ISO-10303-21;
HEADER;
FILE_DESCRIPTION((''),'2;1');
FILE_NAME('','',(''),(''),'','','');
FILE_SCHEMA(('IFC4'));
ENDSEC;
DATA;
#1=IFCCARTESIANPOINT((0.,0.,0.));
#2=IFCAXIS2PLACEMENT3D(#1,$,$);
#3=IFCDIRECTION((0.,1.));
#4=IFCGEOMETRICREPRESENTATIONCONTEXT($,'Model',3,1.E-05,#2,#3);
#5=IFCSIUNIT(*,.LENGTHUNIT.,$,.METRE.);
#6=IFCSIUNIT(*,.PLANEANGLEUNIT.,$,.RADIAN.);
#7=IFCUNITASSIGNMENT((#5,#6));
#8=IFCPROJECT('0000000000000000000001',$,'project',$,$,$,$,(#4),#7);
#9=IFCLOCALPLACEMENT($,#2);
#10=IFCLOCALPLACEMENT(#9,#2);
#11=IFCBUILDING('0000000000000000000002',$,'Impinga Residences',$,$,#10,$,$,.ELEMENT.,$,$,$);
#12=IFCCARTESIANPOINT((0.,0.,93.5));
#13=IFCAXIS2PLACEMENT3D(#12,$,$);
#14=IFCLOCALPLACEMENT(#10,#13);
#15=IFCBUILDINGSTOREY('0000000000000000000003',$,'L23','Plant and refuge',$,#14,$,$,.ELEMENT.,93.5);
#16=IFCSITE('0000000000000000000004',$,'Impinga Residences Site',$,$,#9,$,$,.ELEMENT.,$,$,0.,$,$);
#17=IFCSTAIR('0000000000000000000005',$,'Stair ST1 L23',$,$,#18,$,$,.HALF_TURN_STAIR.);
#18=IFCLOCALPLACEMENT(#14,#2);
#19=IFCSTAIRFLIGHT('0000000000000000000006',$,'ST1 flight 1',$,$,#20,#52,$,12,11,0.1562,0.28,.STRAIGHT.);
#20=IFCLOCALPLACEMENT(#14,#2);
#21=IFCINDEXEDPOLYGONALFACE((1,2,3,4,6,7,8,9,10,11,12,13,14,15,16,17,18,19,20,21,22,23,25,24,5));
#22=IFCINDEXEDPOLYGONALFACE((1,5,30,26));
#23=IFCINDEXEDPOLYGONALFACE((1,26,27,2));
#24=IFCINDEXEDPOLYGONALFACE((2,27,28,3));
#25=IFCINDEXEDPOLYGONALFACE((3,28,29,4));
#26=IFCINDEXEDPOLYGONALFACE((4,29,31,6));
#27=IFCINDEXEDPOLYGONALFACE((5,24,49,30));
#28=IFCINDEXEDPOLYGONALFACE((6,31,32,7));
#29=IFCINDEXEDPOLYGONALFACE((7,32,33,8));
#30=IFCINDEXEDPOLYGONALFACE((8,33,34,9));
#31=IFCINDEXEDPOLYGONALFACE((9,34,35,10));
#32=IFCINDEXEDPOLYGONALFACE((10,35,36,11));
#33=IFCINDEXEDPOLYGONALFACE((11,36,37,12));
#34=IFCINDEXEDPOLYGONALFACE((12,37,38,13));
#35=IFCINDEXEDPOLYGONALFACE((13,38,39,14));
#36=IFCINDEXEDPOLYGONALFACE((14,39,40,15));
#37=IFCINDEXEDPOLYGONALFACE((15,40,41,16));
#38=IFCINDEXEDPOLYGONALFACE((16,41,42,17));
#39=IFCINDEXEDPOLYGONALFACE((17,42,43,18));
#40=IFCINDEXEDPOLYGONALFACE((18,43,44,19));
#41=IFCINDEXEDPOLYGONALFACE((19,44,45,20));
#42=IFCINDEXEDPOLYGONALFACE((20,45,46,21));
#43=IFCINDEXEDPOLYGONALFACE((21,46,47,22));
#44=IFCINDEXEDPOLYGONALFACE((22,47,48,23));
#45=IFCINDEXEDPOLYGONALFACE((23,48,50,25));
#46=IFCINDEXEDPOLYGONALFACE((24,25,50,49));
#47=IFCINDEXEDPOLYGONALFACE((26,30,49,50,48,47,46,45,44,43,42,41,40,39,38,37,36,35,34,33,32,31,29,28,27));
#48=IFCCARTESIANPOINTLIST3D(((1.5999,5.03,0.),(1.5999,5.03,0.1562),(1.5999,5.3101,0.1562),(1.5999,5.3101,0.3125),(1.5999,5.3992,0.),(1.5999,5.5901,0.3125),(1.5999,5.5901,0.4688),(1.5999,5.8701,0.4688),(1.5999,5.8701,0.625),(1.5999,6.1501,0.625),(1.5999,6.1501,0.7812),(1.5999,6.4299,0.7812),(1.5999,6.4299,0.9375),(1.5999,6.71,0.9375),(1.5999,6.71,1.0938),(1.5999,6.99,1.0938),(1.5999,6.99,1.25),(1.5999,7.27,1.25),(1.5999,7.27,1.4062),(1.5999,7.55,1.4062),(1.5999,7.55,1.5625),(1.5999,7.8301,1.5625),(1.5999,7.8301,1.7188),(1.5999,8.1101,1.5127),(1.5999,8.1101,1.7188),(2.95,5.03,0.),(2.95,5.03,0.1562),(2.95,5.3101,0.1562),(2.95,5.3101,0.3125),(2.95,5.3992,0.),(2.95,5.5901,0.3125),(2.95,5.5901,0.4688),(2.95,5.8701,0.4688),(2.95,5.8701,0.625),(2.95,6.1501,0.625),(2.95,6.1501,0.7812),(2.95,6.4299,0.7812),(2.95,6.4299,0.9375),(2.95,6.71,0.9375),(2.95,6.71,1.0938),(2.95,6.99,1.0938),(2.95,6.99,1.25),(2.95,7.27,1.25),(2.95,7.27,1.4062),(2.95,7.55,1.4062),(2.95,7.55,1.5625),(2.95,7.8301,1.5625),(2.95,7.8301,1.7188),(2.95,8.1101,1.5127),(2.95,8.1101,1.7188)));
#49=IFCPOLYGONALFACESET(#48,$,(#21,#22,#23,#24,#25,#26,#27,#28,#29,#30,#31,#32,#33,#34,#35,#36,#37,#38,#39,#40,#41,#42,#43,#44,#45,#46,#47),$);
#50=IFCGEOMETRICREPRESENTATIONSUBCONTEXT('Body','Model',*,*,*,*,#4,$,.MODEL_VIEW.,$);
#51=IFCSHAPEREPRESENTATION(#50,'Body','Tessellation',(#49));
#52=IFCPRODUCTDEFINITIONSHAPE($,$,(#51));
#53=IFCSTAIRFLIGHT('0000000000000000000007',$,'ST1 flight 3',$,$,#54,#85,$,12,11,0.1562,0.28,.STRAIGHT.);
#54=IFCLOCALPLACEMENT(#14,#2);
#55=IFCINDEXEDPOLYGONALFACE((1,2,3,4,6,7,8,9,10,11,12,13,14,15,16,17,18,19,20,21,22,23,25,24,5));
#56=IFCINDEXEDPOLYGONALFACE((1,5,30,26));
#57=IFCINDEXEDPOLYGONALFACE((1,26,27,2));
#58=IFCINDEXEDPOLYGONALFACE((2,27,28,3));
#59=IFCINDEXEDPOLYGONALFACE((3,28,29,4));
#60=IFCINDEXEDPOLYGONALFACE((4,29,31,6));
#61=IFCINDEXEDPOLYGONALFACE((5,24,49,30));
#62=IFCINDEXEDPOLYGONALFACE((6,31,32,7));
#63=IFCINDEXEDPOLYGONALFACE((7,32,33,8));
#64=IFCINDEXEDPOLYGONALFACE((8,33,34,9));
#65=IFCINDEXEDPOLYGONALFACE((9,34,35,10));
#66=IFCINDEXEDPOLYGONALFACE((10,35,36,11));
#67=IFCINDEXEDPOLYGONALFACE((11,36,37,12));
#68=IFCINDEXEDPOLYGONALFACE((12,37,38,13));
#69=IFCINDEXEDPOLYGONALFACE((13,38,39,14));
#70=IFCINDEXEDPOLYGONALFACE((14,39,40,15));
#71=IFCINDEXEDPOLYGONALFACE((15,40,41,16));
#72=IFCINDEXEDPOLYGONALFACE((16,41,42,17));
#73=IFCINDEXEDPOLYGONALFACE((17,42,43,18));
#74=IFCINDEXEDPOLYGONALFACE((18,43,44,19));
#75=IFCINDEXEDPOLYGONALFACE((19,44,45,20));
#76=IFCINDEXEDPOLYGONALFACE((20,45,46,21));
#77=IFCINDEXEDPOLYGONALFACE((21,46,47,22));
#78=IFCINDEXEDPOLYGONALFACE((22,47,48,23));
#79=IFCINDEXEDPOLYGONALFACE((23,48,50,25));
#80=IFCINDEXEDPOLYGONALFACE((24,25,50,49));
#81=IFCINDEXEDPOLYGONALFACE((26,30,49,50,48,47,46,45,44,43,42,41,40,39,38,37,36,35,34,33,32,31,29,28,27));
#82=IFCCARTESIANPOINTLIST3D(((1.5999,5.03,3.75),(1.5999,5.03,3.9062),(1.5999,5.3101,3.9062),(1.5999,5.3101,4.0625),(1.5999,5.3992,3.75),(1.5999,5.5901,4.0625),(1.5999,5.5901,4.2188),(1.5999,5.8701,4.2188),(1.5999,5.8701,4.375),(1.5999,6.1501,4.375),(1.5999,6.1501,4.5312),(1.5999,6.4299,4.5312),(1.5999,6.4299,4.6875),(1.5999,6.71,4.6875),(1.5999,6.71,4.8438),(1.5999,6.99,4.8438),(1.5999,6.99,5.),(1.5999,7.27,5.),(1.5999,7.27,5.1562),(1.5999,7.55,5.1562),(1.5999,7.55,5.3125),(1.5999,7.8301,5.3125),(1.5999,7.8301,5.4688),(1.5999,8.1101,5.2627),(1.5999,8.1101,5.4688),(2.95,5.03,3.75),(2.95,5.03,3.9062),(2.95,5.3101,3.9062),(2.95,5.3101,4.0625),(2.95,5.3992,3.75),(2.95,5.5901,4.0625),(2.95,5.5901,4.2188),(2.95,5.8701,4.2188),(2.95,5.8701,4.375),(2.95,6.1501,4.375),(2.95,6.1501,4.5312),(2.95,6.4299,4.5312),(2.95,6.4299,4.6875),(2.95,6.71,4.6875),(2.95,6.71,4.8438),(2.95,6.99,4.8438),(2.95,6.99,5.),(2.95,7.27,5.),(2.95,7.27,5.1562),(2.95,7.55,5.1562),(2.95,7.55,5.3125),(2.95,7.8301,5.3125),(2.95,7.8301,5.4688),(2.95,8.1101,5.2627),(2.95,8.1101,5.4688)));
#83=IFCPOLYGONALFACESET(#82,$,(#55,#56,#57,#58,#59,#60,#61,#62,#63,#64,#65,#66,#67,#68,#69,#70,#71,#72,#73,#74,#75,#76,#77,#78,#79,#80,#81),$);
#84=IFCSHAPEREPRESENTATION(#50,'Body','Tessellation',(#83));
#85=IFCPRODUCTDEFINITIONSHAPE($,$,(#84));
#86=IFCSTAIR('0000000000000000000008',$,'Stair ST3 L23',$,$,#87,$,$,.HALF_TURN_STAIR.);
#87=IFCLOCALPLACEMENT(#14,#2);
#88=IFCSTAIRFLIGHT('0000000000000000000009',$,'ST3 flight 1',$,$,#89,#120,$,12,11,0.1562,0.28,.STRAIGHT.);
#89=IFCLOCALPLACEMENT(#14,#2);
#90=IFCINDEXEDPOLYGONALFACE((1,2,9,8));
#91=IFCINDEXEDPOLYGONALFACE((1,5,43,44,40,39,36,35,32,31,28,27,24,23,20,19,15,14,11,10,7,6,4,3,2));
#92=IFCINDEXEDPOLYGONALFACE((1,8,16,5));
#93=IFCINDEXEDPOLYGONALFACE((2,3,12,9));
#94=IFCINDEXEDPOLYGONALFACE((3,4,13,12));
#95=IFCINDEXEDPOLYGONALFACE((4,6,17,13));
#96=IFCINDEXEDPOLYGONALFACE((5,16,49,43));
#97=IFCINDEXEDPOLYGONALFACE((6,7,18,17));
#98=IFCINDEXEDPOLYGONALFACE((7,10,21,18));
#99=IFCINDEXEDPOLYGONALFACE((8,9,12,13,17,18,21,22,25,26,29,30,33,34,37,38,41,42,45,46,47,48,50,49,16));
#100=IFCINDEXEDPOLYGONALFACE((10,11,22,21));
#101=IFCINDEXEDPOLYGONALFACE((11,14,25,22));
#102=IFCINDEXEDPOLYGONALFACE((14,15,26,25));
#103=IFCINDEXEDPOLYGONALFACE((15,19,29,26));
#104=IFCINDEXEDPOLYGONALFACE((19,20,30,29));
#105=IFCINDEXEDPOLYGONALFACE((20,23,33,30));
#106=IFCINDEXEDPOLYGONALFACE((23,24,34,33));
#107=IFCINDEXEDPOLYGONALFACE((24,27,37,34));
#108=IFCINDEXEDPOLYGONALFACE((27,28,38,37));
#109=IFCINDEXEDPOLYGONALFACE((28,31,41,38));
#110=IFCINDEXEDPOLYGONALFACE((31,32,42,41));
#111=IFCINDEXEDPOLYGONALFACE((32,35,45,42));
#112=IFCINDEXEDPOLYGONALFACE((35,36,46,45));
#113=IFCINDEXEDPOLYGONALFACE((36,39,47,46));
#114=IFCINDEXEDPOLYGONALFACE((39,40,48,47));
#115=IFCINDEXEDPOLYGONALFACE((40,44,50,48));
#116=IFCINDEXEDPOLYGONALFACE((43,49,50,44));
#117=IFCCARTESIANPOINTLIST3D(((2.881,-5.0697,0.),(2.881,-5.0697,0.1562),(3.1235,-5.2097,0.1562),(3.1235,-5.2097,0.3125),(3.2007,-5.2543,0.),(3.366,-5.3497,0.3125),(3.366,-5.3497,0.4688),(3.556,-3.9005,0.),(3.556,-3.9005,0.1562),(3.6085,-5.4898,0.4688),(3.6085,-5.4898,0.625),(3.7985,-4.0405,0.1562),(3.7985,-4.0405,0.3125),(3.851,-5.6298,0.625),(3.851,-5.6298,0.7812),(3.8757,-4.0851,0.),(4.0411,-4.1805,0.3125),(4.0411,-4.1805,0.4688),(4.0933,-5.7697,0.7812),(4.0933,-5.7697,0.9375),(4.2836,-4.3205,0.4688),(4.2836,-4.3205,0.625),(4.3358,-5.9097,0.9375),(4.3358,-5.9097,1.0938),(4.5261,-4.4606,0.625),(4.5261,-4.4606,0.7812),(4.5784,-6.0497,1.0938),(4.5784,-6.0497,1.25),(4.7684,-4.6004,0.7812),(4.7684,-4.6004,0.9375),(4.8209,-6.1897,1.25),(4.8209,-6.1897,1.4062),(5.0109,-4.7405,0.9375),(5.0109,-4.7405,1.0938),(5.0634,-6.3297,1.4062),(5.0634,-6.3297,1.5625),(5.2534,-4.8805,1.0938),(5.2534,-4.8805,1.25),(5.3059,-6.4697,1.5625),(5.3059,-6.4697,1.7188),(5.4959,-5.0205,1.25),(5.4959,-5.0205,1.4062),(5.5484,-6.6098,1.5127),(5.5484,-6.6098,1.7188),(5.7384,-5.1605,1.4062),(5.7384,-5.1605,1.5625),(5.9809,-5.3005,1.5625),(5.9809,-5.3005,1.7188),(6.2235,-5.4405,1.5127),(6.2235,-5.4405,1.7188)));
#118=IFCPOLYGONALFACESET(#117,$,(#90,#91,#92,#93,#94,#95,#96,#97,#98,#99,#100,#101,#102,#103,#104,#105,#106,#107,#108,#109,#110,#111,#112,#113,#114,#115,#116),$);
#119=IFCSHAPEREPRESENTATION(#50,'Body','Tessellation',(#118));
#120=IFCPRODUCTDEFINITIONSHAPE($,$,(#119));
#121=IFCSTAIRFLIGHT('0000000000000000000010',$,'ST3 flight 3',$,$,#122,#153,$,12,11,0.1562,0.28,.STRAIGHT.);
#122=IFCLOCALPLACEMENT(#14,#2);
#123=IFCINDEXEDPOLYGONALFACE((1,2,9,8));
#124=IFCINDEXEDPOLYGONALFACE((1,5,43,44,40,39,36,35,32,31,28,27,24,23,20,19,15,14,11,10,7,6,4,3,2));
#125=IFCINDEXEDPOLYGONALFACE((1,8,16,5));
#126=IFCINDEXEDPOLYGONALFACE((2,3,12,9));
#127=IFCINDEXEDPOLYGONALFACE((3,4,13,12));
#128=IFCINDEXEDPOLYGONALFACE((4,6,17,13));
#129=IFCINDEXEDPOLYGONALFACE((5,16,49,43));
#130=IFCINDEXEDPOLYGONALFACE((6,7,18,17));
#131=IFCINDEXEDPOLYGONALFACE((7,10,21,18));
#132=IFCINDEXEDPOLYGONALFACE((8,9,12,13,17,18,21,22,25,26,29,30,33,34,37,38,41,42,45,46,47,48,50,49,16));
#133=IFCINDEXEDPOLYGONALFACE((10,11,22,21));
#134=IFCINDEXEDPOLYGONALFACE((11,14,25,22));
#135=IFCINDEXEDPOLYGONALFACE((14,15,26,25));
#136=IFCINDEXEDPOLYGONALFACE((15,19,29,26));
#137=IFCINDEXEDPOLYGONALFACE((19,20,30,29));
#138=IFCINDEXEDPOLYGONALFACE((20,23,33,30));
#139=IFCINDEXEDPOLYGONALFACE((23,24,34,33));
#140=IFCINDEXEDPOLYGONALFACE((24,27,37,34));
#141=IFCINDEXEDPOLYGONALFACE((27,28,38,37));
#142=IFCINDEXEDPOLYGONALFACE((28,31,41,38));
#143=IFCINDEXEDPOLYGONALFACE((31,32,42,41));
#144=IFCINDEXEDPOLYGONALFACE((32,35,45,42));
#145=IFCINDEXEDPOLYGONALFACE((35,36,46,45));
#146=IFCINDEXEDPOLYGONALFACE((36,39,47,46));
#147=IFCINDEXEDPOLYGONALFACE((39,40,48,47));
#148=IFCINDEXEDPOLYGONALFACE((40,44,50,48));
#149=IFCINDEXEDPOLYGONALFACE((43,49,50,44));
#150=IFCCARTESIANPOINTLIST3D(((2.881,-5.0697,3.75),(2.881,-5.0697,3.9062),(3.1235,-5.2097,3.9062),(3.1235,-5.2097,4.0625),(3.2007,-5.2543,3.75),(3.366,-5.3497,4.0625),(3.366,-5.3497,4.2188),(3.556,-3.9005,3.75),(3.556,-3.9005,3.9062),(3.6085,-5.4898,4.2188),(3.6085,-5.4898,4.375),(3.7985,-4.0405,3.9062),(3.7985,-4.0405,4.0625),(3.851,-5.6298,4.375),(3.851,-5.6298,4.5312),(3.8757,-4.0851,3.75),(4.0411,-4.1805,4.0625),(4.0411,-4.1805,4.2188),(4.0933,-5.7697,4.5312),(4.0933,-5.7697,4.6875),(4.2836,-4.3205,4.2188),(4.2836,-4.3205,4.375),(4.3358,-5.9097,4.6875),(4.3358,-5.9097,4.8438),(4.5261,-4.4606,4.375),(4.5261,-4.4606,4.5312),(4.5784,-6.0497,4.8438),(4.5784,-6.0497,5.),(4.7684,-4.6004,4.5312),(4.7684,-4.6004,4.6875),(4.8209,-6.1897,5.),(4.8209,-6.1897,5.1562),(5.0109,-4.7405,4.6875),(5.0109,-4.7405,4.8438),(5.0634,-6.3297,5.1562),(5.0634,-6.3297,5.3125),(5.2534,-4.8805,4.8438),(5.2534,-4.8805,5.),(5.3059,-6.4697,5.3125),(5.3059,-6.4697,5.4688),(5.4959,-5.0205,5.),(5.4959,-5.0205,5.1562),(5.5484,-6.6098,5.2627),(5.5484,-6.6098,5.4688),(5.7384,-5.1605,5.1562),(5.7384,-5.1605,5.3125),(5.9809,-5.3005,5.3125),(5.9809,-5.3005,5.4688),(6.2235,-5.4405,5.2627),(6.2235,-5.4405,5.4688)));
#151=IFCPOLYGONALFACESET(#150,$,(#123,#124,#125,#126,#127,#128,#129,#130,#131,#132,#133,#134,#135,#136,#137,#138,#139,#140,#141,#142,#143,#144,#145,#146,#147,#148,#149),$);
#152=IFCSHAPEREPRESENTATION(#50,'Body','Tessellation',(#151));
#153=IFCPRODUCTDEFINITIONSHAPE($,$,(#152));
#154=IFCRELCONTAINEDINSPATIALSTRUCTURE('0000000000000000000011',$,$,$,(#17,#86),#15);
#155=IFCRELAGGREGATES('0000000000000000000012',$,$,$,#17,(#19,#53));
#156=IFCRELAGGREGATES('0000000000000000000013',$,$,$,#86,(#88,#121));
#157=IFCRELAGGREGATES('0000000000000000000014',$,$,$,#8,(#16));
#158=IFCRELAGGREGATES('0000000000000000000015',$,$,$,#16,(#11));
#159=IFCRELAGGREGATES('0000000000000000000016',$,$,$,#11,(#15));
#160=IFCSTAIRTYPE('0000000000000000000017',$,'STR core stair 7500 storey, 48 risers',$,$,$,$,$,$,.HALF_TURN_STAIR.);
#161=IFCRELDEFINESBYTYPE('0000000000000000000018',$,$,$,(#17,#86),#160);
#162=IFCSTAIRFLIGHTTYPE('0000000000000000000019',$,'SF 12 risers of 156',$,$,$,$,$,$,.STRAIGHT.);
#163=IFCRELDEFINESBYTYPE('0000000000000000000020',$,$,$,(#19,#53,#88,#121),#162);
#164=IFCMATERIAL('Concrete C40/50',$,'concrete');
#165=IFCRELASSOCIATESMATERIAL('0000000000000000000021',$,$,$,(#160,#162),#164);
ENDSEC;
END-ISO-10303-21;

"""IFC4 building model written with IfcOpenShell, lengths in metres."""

from ifc_helpers import new_model, si_unit, direction, frame, origin, place, context, subcontext, project, spatial, polyline, outline, extrude, material, type_object, element, aggregate, save


model = new_model("IFC4")

# Units and contexts
model_context = context("Model", 3, precision=1e-05, world=origin(), true_north=direction((0.0, 1.0)))
body_context = subcontext(model_context, "Body", "Model", "MODEL_VIEW")
ifc_project = project(units=[si_unit("LENGTHUNIT", "METRE"), si_unit("PLANEANGLEUNIT", "RADIAN")], contexts=[model_context])

# Site, building, storey
site_placement = place(None, origin())
site = spatial("IfcSite", under=ifc_project, at=site_placement, Name="Impinga Residences Site", CompositionType="ELEMENT", RefElevation=0.0)
building_placement = place(site_placement, origin())
building = spatial("IfcBuilding", under=site, at=building_placement, Name="Impinga Residences", CompositionType="ELEMENT")
storey_placement = place(building_placement, frame((0.0, 0.0, 93.5)))
storey = spatial("IfcBuildingStorey", under=building, at=storey_placement, Name="L23", Description="Plant and refuge", CompositionType="ELEMENT", Elevation=93.5)

# Shared definitions
ifc_material_1 = material(Name="Concrete C40/50", Category="concrete")

# Stairs, stair flights
stair_type_1 = type_object("IfcStairType", Name="STR core stair 7500 storey, 48 risers", PredefinedType="HALF_TURN_STAIR", material=ifc_material_1)
stair_1_placement = place(storey_placement, origin())
stair_1 = element("IfcStair", 1, at=stair_1_placement, inside=storey, type_object=stair_type_1, Name="Stair ST1 L23", PredefinedType="HALF_TURN_STAIR")
stair_flight_type = type_object("IfcStairFlightType", Name="SF 12 risers of 156", PredefinedType="STRAIGHT", material=ifc_material_1)
stair_flight_1_placement = place(storey_placement, frame((2.2749, 5.03, 0.0), z_axis=(0.0, 0.0, 1.0), x_axis=(0.0, 1.0, 0.0)))
stair_flight_1 = element("IfcStairFlight", 2, at=stair_flight_1_placement, type_object=stair_flight_type, Name="ST1 flight 1", NumberOfRisers=12, NumberOfTreads=11, PredefinedType="STRAIGHT", RiserHeight=0.1562, TreadLength=0.28, context=body_context, shape_type="SweptSolid", body=[
    extrude(outline(polyline([(0.0, 0.0), (0.0, 0.1562), (0.28, 0.1562), (0.28, 0.3125), (0.5601, 0.3125), (0.5601, 0.4688), (0.8401, 0.4688), (0.8401, 0.625), (1.1201, 0.625), (1.1201, 0.7812), (1.3999, 0.7812), (1.3999, 0.9375), (1.6799, 0.9375), (1.6799, 1.0938), (1.96, 1.0938), (1.96, 1.25), (2.24, 1.25), (2.24, 1.4062), (2.52, 1.4062), (2.52, 1.5625), (2.8, 1.5625), (2.8, 1.7188), (3.0801, 1.7188), (3.0801, 1.875), (3.0801, 1.5127), (0.3691, 0.0), (0.0, 0.0)])), frame((0.0, 0.675, 0.0), z_axis=(0.0, -1.0, 0.0), x_axis=(1.0, 0.0, 0.0)), (0.0, 0.0, 1.0), 1.3501),
])
stair_flight_2_placement = place(storey_placement, frame((2.2749, 5.03, 3.75), z_axis=(0.0, 0.0, 1.0), x_axis=(0.0, 1.0, 0.0)))
stair_flight_2 = element("IfcStairFlight", 3, at=stair_flight_2_placement, type_object=stair_flight_type, Name="ST1 flight 3", NumberOfRisers=12, NumberOfTreads=11, PredefinedType="STRAIGHT", RiserHeight=0.1562, TreadLength=0.28, context=body_context, shape_type="SweptSolid", body=[
    extrude(outline(polyline([(0.0, 0.0), (0.0, 0.1562), (0.28, 0.1562), (0.28, 0.3125), (0.5601, 0.3125), (0.5601, 0.4688), (0.8401, 0.4688), (0.8401, 0.625), (1.1201, 0.625), (1.1201, 0.7812), (1.3999, 0.7812), (1.3999, 0.9375), (1.6799, 0.9375), (1.6799, 1.0938), (1.96, 1.0938), (1.96, 1.25), (2.24, 1.25), (2.24, 1.4062), (2.52, 1.4062), (2.52, 1.5625), (2.8, 1.5625), (2.8, 1.7188), (3.0801, 1.7188), (3.0801, 1.875), (3.0801, 1.5127), (0.3691, 0.0), (0.0, 0.0)])), frame((0.0, 0.675, 0.0), z_axis=(0.0, -1.0, 0.0), x_axis=(1.0, 0.0, 0.0)), (0.0, 0.0, 1.0), 1.3501),
])
aggregate(stair_1, [stair_flight_1, stair_flight_2])
stair_2_placement = place(storey_placement, origin())
stair_2 = element("IfcStair", 4, at=stair_2_placement, inside=storey, type_object=stair_type_1, Name="Stair ST3 L23", PredefinedType="HALF_TURN_STAIR")
stair_flight_3_placement = place(storey_placement, frame((3.2185, -4.4851, 0.0), z_axis=(0.0, 0.0, 1.0), x_axis=(0.866025, -0.5, 0.0)))
stair_flight_3 = element("IfcStairFlight", 5, at=stair_flight_3_placement, type_object=stair_flight_type, Name="ST3 flight 1", NumberOfRisers=12, NumberOfTreads=11, PredefinedType="STRAIGHT", RiserHeight=0.1562, TreadLength=0.28, context=body_context, shape_type="SweptSolid", body=[
    extrude(outline(polyline([(0.0, 0.0), (0.0, 0.1562), (0.28, 0.1562), (0.28, 0.3125), (0.5601, 0.3125), (0.5601, 0.4688), (0.8401, 0.4688), (0.8401, 0.625), (1.1201, 0.625), (1.1201, 0.7812), (1.3999, 0.7812), (1.3999, 0.9375), (1.6799, 0.9375), (1.6799, 1.0938), (1.96, 1.0938), (1.96, 1.25), (2.24, 1.25), (2.24, 1.4062), (2.52, 1.4062), (2.52, 1.5625), (2.8, 1.5625), (2.8, 1.7188), (3.0801, 1.7188), (3.0801, 1.875), (3.0801, 1.5127), (0.3691, 0.0), (0.0, 0.0)])), frame((0.0, 0.675, 0.0), z_axis=(0.0, -1.0, 0.0), x_axis=(1.0, 0.0, 0.0)), (0.0, 0.0, 1.0), 1.3501),
])
stair_flight_4_placement = place(storey_placement, frame((3.2185, -4.4851, 3.75), z_axis=(0.0, 0.0, 1.0), x_axis=(0.866025, -0.5, 0.0)))
stair_flight_4 = element("IfcStairFlight", 6, at=stair_flight_4_placement, type_object=stair_flight_type, Name="ST3 flight 3", NumberOfRisers=12, NumberOfTreads=11, PredefinedType="STRAIGHT", RiserHeight=0.1562, TreadLength=0.28, context=body_context, shape_type="SweptSolid", body=[
    extrude(outline(polyline([(0.0, 0.0), (0.0, 0.1562), (0.28, 0.1562), (0.28, 0.3125), (0.5601, 0.3125), (0.5601, 0.4688), (0.8401, 0.4688), (0.8401, 0.625), (1.1201, 0.625), (1.1201, 0.7812), (1.3999, 0.7812), (1.3999, 0.9375), (1.6799, 0.9375), (1.6799, 1.0938), (1.96, 1.0938), (1.96, 1.25), (2.24, 1.25), (2.24, 1.4062), (2.52, 1.4062), (2.52, 1.5625), (2.8, 1.5625), (2.8, 1.7188), (3.0801, 1.7188), (3.0801, 1.875), (3.0801, 1.5127), (0.3691, 0.0), (0.0, 0.0)])), frame((0.0, 0.675, 0.0), z_axis=(0.0, -1.0, 0.0), x_axis=(1.0, 0.0, 0.0)), (0.0, 0.0, 1.0), 1.3501),
])
aggregate(stair_2, [stair_flight_3, stair_flight_4])

save(model, "model.ifc")
